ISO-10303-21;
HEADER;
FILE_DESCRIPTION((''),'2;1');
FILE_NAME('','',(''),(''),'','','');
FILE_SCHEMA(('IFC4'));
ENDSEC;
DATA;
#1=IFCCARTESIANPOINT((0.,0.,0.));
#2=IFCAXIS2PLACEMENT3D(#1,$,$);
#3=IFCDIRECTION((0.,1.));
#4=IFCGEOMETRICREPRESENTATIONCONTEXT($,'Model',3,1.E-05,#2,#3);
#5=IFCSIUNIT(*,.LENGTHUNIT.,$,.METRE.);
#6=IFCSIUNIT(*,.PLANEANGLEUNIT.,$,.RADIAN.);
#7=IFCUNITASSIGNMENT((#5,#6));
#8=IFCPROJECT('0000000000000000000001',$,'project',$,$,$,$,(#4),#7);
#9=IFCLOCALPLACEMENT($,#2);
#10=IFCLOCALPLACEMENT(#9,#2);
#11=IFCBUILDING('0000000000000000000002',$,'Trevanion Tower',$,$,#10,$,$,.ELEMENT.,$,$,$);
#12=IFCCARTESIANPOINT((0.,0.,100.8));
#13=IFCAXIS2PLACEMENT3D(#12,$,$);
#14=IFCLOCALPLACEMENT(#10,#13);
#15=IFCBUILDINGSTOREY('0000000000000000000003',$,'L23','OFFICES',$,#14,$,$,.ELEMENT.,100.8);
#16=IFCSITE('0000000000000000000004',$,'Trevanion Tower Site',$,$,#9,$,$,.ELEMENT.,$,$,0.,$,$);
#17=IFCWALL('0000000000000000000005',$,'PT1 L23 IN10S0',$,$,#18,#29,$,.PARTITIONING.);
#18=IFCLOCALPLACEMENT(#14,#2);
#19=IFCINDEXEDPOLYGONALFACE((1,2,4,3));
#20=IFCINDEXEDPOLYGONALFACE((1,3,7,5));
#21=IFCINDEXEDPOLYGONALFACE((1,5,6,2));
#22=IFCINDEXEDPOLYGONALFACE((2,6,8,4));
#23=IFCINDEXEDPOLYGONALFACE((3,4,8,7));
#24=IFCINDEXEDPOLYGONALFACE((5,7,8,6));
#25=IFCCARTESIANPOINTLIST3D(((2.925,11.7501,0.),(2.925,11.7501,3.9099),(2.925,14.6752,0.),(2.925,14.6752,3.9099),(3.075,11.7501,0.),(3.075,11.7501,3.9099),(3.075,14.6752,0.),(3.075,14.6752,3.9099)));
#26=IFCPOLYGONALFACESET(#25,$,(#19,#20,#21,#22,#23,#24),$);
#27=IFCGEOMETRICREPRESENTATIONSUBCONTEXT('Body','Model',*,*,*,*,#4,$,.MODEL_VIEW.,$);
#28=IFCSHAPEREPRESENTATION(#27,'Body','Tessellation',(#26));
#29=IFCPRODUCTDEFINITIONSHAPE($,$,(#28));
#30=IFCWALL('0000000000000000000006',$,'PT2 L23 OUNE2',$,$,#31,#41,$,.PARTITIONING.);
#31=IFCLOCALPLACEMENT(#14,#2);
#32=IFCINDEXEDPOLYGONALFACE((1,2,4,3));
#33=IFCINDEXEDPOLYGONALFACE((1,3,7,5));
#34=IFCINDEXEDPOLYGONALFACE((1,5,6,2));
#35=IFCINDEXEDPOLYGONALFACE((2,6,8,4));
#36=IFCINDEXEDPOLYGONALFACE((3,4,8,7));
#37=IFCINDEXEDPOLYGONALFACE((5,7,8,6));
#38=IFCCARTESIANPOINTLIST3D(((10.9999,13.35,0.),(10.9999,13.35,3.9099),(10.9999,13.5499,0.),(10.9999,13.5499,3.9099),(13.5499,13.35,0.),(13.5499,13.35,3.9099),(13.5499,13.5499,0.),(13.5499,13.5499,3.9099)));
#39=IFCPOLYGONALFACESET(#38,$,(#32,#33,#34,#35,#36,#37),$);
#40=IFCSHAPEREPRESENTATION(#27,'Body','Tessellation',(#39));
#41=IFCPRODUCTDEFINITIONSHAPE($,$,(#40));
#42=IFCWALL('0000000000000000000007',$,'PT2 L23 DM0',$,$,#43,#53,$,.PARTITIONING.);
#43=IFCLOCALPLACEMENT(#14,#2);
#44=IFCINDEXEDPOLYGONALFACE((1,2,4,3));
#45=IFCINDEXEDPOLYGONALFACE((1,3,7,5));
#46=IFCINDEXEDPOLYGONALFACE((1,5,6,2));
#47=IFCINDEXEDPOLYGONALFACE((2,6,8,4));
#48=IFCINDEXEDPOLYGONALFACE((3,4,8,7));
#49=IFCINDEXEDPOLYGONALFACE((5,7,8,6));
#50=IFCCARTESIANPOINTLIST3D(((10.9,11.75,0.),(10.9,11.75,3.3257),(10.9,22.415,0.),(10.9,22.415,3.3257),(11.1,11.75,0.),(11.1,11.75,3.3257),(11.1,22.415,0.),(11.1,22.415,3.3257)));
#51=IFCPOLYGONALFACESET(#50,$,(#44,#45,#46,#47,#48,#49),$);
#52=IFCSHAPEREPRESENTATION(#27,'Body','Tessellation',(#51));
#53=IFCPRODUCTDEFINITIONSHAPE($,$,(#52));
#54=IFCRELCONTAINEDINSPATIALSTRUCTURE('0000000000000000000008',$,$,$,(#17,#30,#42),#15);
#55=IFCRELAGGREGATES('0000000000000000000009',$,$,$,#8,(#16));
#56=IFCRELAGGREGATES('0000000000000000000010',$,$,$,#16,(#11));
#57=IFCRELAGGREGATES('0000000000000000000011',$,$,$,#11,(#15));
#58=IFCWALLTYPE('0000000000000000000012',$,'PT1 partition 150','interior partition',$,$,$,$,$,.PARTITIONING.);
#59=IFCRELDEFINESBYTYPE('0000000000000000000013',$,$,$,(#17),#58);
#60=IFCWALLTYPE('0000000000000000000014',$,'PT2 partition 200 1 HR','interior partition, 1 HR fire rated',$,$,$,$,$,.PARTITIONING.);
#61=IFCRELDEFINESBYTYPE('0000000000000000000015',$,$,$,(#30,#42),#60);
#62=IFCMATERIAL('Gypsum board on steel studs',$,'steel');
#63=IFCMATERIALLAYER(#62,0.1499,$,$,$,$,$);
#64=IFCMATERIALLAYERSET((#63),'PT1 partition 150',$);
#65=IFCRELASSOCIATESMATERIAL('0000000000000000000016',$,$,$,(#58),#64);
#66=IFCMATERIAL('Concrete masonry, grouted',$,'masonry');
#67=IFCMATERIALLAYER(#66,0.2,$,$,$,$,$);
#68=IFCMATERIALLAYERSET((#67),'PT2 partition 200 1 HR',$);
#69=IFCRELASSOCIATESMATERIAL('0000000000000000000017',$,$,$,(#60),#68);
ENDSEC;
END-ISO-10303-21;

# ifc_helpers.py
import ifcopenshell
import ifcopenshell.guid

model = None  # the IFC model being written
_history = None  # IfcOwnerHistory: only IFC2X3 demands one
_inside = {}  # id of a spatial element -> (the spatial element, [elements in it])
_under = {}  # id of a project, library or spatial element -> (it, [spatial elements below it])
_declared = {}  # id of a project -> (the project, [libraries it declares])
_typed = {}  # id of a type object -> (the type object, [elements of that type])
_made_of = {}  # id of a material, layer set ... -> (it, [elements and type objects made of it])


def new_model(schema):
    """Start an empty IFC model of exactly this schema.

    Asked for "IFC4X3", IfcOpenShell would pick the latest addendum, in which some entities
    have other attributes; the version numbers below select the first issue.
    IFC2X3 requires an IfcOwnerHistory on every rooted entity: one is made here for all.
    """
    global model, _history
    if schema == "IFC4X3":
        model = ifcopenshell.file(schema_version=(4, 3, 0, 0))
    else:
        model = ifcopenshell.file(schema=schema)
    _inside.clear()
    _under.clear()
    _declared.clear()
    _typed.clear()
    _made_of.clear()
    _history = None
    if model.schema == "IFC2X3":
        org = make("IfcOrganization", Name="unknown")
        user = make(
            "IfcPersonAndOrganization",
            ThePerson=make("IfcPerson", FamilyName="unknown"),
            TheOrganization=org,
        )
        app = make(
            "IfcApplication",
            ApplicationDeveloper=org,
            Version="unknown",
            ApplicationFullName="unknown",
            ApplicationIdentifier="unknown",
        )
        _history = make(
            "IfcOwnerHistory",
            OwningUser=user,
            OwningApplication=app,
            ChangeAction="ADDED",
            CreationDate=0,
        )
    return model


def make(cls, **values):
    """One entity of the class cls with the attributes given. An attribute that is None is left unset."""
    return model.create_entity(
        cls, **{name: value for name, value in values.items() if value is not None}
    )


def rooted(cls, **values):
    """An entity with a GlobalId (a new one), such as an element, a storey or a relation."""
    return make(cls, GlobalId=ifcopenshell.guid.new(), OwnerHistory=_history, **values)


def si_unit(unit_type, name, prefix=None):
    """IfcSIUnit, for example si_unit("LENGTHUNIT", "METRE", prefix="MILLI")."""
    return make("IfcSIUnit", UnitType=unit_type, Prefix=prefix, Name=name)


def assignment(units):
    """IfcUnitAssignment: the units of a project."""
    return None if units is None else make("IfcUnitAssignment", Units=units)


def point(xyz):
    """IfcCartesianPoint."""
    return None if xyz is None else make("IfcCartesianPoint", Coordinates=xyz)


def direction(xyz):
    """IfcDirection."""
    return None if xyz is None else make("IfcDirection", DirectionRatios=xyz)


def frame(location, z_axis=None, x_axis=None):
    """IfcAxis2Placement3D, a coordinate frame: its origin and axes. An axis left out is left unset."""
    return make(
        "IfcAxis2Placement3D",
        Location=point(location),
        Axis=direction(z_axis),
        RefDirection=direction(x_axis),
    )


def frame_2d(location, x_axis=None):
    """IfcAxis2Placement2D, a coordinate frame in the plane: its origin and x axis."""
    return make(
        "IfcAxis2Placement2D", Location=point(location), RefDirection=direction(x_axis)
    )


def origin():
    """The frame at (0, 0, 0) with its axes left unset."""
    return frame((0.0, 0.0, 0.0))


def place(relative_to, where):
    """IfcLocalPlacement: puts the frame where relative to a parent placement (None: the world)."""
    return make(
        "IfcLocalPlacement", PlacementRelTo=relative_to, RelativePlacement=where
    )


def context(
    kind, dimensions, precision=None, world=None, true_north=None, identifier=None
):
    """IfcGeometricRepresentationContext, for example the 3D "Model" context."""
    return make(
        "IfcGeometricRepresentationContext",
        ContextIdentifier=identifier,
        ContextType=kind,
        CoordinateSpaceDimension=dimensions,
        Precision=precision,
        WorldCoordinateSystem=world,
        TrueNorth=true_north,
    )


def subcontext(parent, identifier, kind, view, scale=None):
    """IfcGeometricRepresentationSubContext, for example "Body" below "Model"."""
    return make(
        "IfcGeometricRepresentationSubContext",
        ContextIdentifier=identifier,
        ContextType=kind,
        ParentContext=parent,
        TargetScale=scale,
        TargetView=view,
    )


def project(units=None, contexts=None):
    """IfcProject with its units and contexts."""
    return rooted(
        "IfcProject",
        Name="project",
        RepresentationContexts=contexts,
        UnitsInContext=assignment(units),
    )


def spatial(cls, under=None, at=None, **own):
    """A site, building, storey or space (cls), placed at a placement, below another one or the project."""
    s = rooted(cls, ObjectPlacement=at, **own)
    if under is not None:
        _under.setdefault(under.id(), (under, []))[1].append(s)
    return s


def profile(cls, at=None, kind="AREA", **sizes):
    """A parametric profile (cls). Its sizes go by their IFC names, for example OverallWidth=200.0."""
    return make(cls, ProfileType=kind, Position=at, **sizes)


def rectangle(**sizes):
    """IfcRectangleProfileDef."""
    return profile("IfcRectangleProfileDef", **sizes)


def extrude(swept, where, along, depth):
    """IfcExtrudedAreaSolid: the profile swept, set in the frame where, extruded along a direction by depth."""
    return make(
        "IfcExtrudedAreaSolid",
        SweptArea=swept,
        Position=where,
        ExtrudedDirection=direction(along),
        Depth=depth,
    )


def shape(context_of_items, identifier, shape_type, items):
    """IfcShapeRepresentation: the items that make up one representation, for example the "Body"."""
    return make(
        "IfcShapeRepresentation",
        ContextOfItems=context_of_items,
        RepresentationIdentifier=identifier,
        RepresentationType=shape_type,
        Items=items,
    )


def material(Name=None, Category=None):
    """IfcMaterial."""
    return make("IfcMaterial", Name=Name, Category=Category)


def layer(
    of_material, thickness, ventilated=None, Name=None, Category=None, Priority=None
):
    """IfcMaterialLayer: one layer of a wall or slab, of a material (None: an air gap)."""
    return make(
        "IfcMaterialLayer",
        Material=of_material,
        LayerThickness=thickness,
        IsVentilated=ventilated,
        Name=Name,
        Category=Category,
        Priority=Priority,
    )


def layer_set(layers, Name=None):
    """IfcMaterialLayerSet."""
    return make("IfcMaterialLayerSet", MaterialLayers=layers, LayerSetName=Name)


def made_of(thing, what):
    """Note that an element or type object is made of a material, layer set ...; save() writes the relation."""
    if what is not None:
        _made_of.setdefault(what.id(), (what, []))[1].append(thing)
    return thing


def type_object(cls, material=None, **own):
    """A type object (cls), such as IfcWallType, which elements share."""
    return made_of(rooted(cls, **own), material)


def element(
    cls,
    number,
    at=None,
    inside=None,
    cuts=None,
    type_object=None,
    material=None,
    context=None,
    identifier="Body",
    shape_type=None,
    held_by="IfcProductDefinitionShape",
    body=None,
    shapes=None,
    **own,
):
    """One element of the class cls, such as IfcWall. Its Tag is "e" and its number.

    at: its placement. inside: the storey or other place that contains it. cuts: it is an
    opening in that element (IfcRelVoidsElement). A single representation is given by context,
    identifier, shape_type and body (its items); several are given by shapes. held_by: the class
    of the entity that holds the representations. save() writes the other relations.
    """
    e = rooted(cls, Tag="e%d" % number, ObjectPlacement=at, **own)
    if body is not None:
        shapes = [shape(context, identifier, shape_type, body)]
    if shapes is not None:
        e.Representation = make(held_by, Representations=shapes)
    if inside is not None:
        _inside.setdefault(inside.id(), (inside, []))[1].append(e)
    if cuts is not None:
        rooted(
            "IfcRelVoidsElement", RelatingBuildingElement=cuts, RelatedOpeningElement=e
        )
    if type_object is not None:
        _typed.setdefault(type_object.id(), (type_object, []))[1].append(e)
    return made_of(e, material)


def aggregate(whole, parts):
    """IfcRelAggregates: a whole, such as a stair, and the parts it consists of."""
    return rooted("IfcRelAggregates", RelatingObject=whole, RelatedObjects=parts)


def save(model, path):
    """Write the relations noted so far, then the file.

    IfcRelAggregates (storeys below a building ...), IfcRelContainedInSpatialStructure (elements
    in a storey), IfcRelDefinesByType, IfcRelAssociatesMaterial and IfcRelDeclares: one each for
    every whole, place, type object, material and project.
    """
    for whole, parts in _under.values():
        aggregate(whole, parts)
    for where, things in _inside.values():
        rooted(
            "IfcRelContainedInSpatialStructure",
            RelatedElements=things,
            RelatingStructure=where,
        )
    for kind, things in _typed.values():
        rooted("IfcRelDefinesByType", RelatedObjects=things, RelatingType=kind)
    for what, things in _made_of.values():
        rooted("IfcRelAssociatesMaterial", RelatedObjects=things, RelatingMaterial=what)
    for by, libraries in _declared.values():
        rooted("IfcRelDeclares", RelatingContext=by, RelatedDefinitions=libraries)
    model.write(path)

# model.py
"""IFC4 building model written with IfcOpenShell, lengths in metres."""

from ifc_helpers import new_model, si_unit, direction, frame, frame_2d, origin, place, context, subcontext, project, spatial, rectangle, extrude, material, layer, layer_set, type_object, element, save


model = new_model("IFC4")

# Units and contexts
model_context = context("Model", 3, precision=1e-05, world=origin(), true_north=direction((0.0, 1.0)))
body_context = subcontext(model_context, "Body", "Model", "MODEL_VIEW")
ifc_project = project(units=[si_unit("LENGTHUNIT", "METRE"), si_unit("PLANEANGLEUNIT", "RADIAN")], contexts=[model_context])

# Site, building, storey
site_placement = place(None, origin())
site = spatial("IfcSite", under=ifc_project, at=site_placement, Name="Trevanion Tower Site", CompositionType="ELEMENT", RefElevation=0.0)
building_placement = place(site_placement, origin())
building = spatial("IfcBuilding", under=site, at=building_placement, Name="Trevanion Tower", CompositionType="ELEMENT")
storey_placement = place(building_placement, frame((0.0, 0.0, 100.8)))
storey = spatial("IfcBuildingStorey", under=building, at=storey_placement, Name="L23", Description="OFFICES", CompositionType="ELEMENT", Elevation=100.8)

# Shared definitions
ifc_material_1 = material(Name="Gypsum board on steel studs", Category="steel")
ifc_layer_1 = layer(ifc_material_1, 0.1499)
ifc_layer_set_1 = layer_set([ifc_layer_1], Name="PT1 partition 150")
wall_type_1 = type_object("IfcWallType", Name="PT1 partition 150", Description="interior partition", PredefinedType="PARTITIONING", material=ifc_layer_set_1)

# Walls
wall_1_placement = place(storey_placement, frame((3.0, 14.675, 0.0), z_axis=(0.0, 0.0, 1.0), x_axis=(0.0, -1.0, 0.0)))
element("IfcWall", 1, at=wall_1_placement, inside=storey, type_object=wall_type_1, Name="PT1 L23 IN10S0", PredefinedType="PARTITIONING", context=body_context, shape_type="SweptSolid", body=[
    extrude(rectangle(XDim=2.925, YDim=0.1499, at=frame_2d((1.4624, 0.0))), origin(), (0.0, 0.0, 1.0), 3.9099),
])
ifc_material_2 = material(Name="Concrete masonry, grouted", Category="masonry")
ifc_layer_2 = layer(ifc_material_2, 0.2)
ifc_layer_set_2 = layer_set([ifc_layer_2], Name="PT2 partition 200 1 HR")
wall_type_2 = type_object("IfcWallType", Name="PT2 partition 200 1 HR", Description="interior partition, 1 HR fire rated", PredefinedType="PARTITIONING", material=ifc_layer_set_2)
wall_2_placement = place(storey_placement, frame((11.0, 13.45, 0.0), z_axis=(0.0, 0.0, 1.0), x_axis=(1.0, 0.0, 0.0)))
element("IfcWall", 2, at=wall_2_placement, inside=storey, type_object=wall_type_2, Name="PT2 L23 OUNE2", PredefinedType="PARTITIONING", context=body_context, shape_type="SweptSolid", body=[
    extrude(rectangle(XDim=2.55, YDim=0.2, at=frame_2d((1.2749, 0.0))), origin(), (0.0, 0.0, 1.0), 3.9099),
])
wall_3_placement = place(storey_placement, frame((11.0, 11.75, 0.0), z_axis=(0.0, 0.0, 1.0), x_axis=(0.0, 1.0, 0.0)))
element("IfcWall", 3, at=wall_3_placement, inside=storey, type_object=wall_type_2, Name="PT2 L23 DM0", PredefinedType="PARTITIONING", context=body_context, shape_type="SweptSolid", body=[
    extrude(rectangle(XDim=10.665, YDim=0.2, at=frame_2d((5.3325, 0.0))), origin(), (0.0, 0.0, 1.0), 3.3257),
])

save(model, "model.ifc")
